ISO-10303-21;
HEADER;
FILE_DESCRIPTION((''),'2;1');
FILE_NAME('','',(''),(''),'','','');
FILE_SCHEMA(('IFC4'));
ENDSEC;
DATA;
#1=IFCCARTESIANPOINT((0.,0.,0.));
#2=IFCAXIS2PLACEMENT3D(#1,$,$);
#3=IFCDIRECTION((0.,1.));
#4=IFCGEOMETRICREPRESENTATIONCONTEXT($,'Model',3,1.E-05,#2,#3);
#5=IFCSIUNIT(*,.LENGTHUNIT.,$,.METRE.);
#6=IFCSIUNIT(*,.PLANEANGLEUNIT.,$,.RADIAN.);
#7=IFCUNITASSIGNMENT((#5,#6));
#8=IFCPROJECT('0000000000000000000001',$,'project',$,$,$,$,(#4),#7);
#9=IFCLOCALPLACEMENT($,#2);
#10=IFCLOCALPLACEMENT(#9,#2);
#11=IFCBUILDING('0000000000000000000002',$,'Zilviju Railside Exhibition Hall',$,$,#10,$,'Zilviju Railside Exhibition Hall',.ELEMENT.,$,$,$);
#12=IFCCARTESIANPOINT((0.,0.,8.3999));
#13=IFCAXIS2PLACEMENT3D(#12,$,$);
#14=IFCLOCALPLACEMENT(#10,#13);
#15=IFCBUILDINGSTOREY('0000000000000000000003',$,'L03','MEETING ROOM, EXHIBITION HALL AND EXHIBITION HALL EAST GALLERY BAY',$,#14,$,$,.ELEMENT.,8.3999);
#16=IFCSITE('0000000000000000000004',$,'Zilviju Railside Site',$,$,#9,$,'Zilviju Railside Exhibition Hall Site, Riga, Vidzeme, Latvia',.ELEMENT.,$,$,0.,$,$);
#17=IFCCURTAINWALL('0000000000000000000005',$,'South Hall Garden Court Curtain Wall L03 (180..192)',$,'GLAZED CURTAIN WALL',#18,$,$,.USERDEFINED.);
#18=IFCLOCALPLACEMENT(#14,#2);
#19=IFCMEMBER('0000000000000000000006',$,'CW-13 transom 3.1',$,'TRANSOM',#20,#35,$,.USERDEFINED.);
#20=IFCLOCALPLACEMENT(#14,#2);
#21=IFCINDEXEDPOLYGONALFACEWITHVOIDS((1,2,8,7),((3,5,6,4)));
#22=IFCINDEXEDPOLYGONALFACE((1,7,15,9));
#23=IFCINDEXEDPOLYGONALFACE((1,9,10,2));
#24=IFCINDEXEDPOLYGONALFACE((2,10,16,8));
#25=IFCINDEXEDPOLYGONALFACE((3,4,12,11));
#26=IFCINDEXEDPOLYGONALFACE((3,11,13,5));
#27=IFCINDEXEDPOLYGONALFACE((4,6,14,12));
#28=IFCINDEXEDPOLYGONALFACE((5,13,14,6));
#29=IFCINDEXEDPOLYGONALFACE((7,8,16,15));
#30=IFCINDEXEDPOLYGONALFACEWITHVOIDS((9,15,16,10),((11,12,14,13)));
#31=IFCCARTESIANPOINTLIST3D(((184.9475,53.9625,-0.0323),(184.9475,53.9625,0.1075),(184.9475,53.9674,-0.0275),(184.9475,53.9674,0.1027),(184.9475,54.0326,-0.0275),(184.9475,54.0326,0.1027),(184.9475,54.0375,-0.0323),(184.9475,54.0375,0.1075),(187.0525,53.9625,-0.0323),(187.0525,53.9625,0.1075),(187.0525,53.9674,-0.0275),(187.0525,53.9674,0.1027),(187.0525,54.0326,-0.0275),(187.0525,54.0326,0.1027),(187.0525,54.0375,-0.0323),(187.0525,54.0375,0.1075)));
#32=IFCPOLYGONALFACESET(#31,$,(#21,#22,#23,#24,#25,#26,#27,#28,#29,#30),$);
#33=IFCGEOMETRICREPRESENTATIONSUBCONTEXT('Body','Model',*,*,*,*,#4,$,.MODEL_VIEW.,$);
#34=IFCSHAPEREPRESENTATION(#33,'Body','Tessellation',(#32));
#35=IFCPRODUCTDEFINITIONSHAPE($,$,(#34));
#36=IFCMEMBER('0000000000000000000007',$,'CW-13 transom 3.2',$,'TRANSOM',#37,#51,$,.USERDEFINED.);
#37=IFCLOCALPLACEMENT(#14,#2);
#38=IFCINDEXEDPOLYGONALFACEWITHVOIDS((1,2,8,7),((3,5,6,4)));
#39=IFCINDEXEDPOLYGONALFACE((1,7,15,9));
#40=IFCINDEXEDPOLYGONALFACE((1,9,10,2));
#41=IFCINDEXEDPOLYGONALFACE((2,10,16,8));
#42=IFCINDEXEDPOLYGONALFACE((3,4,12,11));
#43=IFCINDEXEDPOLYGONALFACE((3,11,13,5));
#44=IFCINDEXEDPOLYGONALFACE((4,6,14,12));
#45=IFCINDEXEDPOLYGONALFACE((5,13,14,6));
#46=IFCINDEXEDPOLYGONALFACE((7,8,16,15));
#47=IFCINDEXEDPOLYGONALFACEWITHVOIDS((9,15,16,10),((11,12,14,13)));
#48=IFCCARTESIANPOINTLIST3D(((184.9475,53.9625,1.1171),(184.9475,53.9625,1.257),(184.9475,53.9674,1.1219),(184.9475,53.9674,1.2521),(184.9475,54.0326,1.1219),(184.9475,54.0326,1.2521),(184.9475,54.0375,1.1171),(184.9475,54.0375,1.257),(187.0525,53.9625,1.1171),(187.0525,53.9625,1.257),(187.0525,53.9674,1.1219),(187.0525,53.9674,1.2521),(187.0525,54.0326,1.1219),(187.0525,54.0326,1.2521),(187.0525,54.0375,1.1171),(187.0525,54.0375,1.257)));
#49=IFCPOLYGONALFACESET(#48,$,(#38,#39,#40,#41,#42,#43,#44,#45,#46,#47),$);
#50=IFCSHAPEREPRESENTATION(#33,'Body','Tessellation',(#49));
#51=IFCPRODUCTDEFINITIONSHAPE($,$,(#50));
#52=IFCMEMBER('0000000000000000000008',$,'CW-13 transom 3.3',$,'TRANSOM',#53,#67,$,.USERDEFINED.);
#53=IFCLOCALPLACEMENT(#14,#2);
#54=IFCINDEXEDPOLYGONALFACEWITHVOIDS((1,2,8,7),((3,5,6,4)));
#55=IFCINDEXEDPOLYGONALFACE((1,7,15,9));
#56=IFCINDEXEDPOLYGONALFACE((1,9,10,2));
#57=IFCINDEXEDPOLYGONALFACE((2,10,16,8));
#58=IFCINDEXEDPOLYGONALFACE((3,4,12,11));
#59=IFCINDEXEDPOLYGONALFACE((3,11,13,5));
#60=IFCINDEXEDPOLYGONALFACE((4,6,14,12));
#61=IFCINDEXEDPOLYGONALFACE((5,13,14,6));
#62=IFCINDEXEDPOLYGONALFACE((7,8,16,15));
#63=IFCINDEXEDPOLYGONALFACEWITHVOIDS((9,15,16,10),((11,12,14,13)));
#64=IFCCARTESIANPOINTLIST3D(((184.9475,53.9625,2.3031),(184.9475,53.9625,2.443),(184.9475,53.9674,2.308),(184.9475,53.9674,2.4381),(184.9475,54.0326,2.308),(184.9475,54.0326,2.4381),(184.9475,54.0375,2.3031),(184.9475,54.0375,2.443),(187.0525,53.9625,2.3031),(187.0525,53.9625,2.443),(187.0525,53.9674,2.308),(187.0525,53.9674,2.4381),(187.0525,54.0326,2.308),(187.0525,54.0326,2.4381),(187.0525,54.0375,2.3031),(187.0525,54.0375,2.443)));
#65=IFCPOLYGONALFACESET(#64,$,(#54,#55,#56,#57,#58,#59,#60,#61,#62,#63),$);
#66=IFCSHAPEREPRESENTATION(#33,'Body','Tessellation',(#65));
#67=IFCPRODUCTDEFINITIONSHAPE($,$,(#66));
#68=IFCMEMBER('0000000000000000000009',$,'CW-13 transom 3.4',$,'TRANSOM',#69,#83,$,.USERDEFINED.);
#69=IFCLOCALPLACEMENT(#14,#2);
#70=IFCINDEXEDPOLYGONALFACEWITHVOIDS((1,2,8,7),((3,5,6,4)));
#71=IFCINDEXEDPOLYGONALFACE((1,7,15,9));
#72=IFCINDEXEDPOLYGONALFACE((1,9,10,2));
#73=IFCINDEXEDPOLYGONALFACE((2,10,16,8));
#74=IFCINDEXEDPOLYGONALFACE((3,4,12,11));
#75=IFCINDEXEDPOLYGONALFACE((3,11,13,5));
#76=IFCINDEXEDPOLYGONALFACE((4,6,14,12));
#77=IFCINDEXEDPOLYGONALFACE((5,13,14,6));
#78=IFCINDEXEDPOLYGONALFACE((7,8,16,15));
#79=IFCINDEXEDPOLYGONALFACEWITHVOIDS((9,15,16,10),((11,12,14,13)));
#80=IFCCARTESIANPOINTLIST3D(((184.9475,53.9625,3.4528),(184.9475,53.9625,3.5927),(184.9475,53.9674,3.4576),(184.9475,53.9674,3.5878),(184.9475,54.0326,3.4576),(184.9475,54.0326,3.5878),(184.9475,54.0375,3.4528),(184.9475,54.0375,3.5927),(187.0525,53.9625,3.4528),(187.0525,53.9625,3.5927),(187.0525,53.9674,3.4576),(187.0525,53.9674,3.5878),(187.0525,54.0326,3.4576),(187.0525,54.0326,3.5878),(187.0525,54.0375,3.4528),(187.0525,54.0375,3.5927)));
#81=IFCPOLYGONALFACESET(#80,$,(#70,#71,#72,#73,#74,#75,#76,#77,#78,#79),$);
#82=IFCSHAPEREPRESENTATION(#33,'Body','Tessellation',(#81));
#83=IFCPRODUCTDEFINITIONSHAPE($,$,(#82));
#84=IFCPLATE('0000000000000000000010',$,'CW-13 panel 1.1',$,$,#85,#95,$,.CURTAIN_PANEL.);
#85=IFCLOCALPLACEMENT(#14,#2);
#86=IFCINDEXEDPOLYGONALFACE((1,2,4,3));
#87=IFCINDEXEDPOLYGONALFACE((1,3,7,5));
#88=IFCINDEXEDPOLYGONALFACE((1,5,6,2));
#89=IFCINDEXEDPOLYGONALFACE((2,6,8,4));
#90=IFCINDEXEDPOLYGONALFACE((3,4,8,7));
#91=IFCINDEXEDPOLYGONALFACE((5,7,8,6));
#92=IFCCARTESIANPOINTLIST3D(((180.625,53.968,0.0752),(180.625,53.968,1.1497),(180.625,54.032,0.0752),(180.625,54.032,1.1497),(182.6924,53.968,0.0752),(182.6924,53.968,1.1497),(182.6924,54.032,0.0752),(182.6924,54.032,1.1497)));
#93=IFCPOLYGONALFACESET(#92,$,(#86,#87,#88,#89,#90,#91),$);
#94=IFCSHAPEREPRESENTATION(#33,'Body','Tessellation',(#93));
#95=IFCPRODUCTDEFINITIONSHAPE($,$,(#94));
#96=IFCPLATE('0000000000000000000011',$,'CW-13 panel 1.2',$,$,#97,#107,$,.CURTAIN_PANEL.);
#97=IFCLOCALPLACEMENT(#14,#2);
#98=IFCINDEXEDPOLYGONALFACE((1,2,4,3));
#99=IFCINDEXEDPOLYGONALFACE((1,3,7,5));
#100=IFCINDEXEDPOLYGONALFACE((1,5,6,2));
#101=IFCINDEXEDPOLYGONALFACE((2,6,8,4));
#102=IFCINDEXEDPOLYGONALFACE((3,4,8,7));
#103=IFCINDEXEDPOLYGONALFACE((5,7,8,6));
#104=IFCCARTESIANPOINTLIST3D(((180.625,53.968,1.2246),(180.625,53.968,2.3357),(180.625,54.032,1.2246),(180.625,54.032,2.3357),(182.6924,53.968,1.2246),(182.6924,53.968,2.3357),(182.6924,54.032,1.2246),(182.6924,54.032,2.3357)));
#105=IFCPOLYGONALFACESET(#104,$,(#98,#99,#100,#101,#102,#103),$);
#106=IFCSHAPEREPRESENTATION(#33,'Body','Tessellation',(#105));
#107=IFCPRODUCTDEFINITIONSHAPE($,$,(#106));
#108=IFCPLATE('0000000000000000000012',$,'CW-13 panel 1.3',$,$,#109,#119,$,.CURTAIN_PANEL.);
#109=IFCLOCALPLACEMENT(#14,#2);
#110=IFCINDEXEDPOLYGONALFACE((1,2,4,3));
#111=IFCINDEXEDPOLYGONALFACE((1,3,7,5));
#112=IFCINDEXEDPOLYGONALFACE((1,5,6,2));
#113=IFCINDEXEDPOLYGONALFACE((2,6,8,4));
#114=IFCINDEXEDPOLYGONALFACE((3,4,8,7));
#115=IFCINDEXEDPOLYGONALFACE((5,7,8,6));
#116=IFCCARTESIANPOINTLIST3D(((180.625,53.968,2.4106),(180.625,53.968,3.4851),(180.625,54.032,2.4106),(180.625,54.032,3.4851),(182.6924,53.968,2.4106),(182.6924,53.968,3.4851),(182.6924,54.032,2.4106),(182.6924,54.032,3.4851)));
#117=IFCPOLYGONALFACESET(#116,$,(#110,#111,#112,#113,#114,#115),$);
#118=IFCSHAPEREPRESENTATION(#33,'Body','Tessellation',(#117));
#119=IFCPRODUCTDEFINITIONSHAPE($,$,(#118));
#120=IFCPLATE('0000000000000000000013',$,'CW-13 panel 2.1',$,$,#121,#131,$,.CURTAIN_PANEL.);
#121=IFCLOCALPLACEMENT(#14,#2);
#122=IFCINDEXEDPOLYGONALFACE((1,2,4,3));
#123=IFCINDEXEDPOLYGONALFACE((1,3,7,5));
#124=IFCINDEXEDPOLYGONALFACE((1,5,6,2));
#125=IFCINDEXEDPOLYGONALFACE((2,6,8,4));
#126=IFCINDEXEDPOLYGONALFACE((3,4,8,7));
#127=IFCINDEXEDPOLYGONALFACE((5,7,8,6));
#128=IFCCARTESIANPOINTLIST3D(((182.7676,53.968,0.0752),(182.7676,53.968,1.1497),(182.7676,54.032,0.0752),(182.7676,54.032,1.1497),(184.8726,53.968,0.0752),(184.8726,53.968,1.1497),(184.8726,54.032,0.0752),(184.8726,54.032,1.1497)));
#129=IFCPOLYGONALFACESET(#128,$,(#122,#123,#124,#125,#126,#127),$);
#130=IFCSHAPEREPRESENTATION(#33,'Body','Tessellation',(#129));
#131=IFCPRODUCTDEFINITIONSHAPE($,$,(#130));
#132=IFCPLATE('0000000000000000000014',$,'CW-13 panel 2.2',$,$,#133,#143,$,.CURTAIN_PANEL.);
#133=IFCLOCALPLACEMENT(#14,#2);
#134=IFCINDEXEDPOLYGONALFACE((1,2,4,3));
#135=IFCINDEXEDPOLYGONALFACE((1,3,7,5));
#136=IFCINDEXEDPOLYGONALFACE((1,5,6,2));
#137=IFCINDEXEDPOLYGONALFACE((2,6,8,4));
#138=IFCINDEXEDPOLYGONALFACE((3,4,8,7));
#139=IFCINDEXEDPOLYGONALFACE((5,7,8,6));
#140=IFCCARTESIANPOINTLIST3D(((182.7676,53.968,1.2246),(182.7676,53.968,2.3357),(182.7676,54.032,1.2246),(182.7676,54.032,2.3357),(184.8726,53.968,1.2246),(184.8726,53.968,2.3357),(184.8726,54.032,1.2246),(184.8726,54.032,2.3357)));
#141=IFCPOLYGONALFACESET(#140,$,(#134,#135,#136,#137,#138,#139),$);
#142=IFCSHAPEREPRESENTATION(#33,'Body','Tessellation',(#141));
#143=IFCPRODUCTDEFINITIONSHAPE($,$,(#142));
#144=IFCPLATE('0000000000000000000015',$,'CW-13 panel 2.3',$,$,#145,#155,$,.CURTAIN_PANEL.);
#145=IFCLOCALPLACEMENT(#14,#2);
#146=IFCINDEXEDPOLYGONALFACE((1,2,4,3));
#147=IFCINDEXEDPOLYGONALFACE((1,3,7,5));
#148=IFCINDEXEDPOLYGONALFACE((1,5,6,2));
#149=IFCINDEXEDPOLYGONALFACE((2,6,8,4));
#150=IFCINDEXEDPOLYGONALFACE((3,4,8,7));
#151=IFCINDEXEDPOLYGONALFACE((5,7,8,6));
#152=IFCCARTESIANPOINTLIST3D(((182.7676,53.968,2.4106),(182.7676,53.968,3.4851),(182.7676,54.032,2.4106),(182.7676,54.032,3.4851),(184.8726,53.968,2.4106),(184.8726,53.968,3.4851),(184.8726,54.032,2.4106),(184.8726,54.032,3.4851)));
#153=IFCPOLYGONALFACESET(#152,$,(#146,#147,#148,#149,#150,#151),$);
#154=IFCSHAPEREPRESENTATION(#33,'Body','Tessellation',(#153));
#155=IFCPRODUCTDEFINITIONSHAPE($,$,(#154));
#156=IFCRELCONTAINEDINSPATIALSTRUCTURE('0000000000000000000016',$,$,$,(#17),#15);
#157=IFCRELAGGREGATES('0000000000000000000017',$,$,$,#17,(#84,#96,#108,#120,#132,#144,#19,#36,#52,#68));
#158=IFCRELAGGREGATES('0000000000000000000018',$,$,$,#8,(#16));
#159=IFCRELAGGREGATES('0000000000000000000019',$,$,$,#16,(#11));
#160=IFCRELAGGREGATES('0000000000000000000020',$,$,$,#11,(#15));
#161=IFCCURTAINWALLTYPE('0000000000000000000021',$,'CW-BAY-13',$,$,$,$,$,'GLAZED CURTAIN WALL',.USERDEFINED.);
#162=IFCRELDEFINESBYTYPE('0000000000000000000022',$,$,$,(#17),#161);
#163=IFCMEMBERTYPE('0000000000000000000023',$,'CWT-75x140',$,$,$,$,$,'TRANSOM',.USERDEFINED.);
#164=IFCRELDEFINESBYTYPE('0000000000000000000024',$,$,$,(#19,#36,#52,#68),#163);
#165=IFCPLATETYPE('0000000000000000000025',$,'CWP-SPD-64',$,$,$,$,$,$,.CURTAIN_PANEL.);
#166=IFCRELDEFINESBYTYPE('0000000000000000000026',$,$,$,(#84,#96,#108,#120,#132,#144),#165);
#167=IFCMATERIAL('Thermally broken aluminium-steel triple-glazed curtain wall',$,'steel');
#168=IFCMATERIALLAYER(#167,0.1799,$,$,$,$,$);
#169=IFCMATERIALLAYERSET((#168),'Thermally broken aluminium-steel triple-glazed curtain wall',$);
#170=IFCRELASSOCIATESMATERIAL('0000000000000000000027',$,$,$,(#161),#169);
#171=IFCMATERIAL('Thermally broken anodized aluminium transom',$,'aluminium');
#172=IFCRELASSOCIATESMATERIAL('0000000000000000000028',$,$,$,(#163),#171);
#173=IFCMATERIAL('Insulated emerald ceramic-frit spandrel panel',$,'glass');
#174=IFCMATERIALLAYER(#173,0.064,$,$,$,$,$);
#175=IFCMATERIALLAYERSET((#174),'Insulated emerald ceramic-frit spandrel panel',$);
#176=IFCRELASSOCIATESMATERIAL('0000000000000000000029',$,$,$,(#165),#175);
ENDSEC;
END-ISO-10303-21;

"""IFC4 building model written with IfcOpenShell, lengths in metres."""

from ifc_helpers import new_model, si_unit, direction, frame, origin, origin_2d, place, context, subcontext, project, spatial, rectangle, hollow_rectangle, extrude, material, layer, layer_set, material_profile, profile_set, type_object, element, aggregate, save


model = new_model("IFC4")

# Units and contexts
model_context = context("Model", 3, precision=1e-05, world=origin(), true_north=direction((0.0, 1.0)))
body_context = subcontext(model_context, "Body", "Model", "MODEL_VIEW")
ifc_project = project(units=[si_unit("LENGTHUNIT", "METRE"), si_unit("PLANEANGLEUNIT", "RADIAN")], contexts=[model_context])

# Site, building, storey
site_placement = place(None, origin())
site = spatial("IfcSite", under=ifc_project, at=site_placement, Name="Zilviju Railside Site", LongName="Zilviju Railside Exhibition Hall Site, Riga, Vidzeme, Latvia", CompositionType="ELEMENT", RefElevation=0.0)
building_placement = place(site_placement, origin())
building = spatial("IfcBuilding", under=site, at=building_placement, Name="Zilviju Railside Exhibition Hall", LongName="Zilviju Railside Exhibition Hall", CompositionType="ELEMENT")
storey_placement = place(building_placement, frame((0.0, 0.0, 8.3999)))
storey = spatial("IfcBuildingStorey", under=building, at=storey_placement, Name="L03", Description="MEETING ROOM, EXHIBITION HALL AND EXHIBITION HALL EAST GALLERY BAY", CompositionType="ELEMENT", Elevation=8.3999)

# Curtain wall, members, plates
ifc_material_1 = material(Name="Thermally broken aluminium-steel triple-glazed curtain wall", Category="steel")
ifc_layer_1 = layer(ifc_material_1, 0.1799)
ifc_layer_set_1 = layer_set([ifc_layer_1], Name="Thermally broken aluminium-steel triple-glazed curtain wall")
curtain_wall_type = type_object("IfcCurtainWallType", Name="CW-BAY-13", ElementType="GLAZED CURTAIN WALL", PredefinedType="USERDEFINED", material=ifc_layer_set_1)
curtain_wall_placement = place(storey_placement, origin())
curtain_wall = element("IfcCurtainWall", 1, at=curtain_wall_placement, inside=storey, type_object=curtain_wall_type, Name="South Hall Garden Court Curtain Wall L03 (180..192)", ObjectType="GLAZED CURTAIN WALL", PredefinedType="USERDEFINED")
ifc_material_2 = material(Name="Thermally broken anodized aluminium transom", Category="aluminium")
ifc_material_profile_1 = material_profile(ifc_material_2, hollow_rectangle(XDim=0.075, YDim=0.1399, WallThickness=0.0049, at=origin_2d()), Name="TRANSOM 140x75x5")
ifc_profile_set_1 = profile_set([ifc_material_profile_1], Name="Thermally broken anodized aluminium transom")
member_type_1 = type_object("IfcMemberType", Name="CWT-75x140", ElementType="TRANSOM", PredefinedType="USERDEFINED", material=ifc_profile_set_1)
member_1_placement = place(storey_placement, frame((184.9475, 54.0, 0.0376), z_axis=(1.0, 0.0, 0.0), x_axis=(0.0, 1.0, 0.0)))
member_1 = element("IfcMember", 2, at=member_1_placement, type_object=member_type_1, Name="CW-13 transom 3.1", ObjectType="TRANSOM", PredefinedType="USERDEFINED", context=body_context, shape_type="SweptSolid", body=[
    extrude(hollow_rectangle(XDim=0.075, YDim=0.1399, WallThickness=0.0049, at=origin_2d()), origin(), (0.0, 0.0, 1.0), 2.105),
])
member_2_placement = place(storey_placement, frame((184.9475, 54.0, 1.187), z_axis=(1.0, 0.0, 0.0), x_axis=(0.0, 1.0, 0.0)))
member_2 = element("IfcMember", 3, at=member_2_placement, type_object=member_type_1, Name="CW-13 transom 3.2", ObjectType="TRANSOM", PredefinedType="USERDEFINED", context=body_context, shape_type="SweptSolid", body=[
    extrude(hollow_rectangle(XDim=0.075, YDim=0.1399, WallThickness=0.0049, at=origin_2d()), origin(), (0.0, 0.0, 1.0), 2.105),
])
member_3_placement = place(storey_placement, frame((184.9475, 54.0, 2.373), z_axis=(1.0, 0.0, 0.0), x_axis=(0.0, 1.0, 0.0)))
member_3 = element("IfcMember", 4, at=member_3_placement, type_object=member_type_1, Name="CW-13 transom 3.3", ObjectType="TRANSOM", PredefinedType="USERDEFINED", context=body_context, shape_type="SweptSolid", body=[
    extrude(hollow_rectangle(XDim=0.075, YDim=0.1399, WallThickness=0.0049, at=origin_2d()), origin(), (0.0, 0.0, 1.0), 2.105),
])
member_4_placement = place(storey_placement, frame((184.9475, 54.0, 3.5227), z_axis=(1.0, 0.0, 0.0), x_axis=(0.0, 1.0, 0.0)))
member_4 = element("IfcMember", 5, at=member_4_placement, type_object=member_type_1, Name="CW-13 transom 3.4", ObjectType="TRANSOM", PredefinedType="USERDEFINED", context=body_context, shape_type="SweptSolid", body=[
    extrude(hollow_rectangle(XDim=0.075, YDim=0.1399, WallThickness=0.0049, at=origin_2d()), origin(), (0.0, 0.0, 1.0), 2.105),
])
ifc_material_3 = material(Name="Insulated emerald ceramic-frit spandrel panel", Category="glass")
ifc_layer_2 = layer(ifc_material_3, 0.064)
ifc_layer_set_2 = layer_set([ifc_layer_2], Name="Insulated emerald ceramic-frit spandrel panel")
plate_type = type_object("IfcPlateType", Name="CWP-SPD-64", PredefinedType="CURTAIN_PANEL", material=ifc_layer_set_2)
plate_1_placement = place(storey_placement, frame((181.6587, 54.0, 0.0752), z_axis=(0.0, 0.0, 1.0), x_axis=(1.0, 0.0, 0.0)))
plate_1 = element("IfcPlate", 6, at=plate_1_placement, type_object=plate_type, Name="CW-13 panel 1.1", PredefinedType="CURTAIN_PANEL", context=body_context, shape_type="SweptSolid", body=[
    extrude(rectangle(XDim=2.0674, YDim=0.064, at=origin_2d()), origin(), (0.0, 0.0, 1.0), 1.0745),
])
plate_2_placement = place(storey_placement, frame((181.6587, 54.0, 1.2246), z_axis=(0.0, 0.0, 1.0), x_axis=(1.0, 0.0, 0.0)))
plate_2 = element("IfcPlate", 7, at=plate_2_placement, type_object=plate_type, Name="CW-13 panel 1.2", PredefinedType="CURTAIN_PANEL", context=body_context, shape_type="SweptSolid", body=[
    extrude(rectangle(XDim=2.0674, YDim=0.064, at=origin_2d()), origin(), (0.0, 0.0, 1.0), 1.1111),
])
plate_3_placement = place(storey_placement, frame((181.6587, 54.0, 2.4106), z_axis=(0.0, 0.0, 1.0), x_axis=(1.0, 0.0, 0.0)))
plate_3 = element("IfcPlate", 8, at=plate_3_placement, type_object=plate_type, Name="CW-13 panel 1.3", PredefinedType="CURTAIN_PANEL", context=body_context, shape_type="SweptSolid", body=[
    extrude(rectangle(XDim=2.0674, YDim=0.064, at=origin_2d()), origin(), (0.0, 0.0, 1.0), 1.0745),
])
plate_4_placement = place(storey_placement, frame((183.8201, 54.0, 0.0752), z_axis=(0.0, 0.0, 1.0), x_axis=(1.0, 0.0, 0.0)))
plate_4 = element("IfcPlate", 9, at=plate_4_placement, type_object=plate_type, Name="CW-13 panel 2.1", PredefinedType="CURTAIN_PANEL", context=body_context, shape_type="SweptSolid", body=[
    extrude(rectangle(XDim=2.105, YDim=0.064, at=origin_2d()), origin(), (0.0, 0.0, 1.0), 1.0745),
])
plate_5_placement = place(storey_placement, frame((183.8201, 54.0, 1.2246), z_axis=(0.0, 0.0, 1.0), x_axis=(1.0, 0.0, 0.0)))
plate_5 = element("IfcPlate", 10, at=plate_5_placement, type_object=plate_type, Name="CW-13 panel 2.2", PredefinedType="CURTAIN_PANEL", context=body_context, shape_type="SweptSolid", body=[
    extrude(rectangle(XDim=2.105, YDim=0.064, at=origin_2d()), origin(), (0.0, 0.0, 1.0), 1.1111),
])
plate_6_placement = place(storey_placement, frame((183.8201, 54.0, 2.4106), z_axis=(0.0, 0.0, 1.0), x_axis=(1.0, 0.0, 0.0)))
plate_6 = element("IfcPlate", 11, at=plate_6_placement, type_object=plate_type, Name="CW-13 panel 2.3", PredefinedType="CURTAIN_PANEL", context=body_context, shape_type="SweptSolid", body=[
    extrude(rectangle(XDim=2.105, YDim=0.064, at=origin_2d()), origin(), (0.0, 0.0, 1.0), 1.0745),
])
aggregate(curtain_wall, [plate_1, plate_2, plate_3, plate_4, plate_5, plate_6, member_1, member_2, member_3, member_4])

save(model, "model.ifc")
